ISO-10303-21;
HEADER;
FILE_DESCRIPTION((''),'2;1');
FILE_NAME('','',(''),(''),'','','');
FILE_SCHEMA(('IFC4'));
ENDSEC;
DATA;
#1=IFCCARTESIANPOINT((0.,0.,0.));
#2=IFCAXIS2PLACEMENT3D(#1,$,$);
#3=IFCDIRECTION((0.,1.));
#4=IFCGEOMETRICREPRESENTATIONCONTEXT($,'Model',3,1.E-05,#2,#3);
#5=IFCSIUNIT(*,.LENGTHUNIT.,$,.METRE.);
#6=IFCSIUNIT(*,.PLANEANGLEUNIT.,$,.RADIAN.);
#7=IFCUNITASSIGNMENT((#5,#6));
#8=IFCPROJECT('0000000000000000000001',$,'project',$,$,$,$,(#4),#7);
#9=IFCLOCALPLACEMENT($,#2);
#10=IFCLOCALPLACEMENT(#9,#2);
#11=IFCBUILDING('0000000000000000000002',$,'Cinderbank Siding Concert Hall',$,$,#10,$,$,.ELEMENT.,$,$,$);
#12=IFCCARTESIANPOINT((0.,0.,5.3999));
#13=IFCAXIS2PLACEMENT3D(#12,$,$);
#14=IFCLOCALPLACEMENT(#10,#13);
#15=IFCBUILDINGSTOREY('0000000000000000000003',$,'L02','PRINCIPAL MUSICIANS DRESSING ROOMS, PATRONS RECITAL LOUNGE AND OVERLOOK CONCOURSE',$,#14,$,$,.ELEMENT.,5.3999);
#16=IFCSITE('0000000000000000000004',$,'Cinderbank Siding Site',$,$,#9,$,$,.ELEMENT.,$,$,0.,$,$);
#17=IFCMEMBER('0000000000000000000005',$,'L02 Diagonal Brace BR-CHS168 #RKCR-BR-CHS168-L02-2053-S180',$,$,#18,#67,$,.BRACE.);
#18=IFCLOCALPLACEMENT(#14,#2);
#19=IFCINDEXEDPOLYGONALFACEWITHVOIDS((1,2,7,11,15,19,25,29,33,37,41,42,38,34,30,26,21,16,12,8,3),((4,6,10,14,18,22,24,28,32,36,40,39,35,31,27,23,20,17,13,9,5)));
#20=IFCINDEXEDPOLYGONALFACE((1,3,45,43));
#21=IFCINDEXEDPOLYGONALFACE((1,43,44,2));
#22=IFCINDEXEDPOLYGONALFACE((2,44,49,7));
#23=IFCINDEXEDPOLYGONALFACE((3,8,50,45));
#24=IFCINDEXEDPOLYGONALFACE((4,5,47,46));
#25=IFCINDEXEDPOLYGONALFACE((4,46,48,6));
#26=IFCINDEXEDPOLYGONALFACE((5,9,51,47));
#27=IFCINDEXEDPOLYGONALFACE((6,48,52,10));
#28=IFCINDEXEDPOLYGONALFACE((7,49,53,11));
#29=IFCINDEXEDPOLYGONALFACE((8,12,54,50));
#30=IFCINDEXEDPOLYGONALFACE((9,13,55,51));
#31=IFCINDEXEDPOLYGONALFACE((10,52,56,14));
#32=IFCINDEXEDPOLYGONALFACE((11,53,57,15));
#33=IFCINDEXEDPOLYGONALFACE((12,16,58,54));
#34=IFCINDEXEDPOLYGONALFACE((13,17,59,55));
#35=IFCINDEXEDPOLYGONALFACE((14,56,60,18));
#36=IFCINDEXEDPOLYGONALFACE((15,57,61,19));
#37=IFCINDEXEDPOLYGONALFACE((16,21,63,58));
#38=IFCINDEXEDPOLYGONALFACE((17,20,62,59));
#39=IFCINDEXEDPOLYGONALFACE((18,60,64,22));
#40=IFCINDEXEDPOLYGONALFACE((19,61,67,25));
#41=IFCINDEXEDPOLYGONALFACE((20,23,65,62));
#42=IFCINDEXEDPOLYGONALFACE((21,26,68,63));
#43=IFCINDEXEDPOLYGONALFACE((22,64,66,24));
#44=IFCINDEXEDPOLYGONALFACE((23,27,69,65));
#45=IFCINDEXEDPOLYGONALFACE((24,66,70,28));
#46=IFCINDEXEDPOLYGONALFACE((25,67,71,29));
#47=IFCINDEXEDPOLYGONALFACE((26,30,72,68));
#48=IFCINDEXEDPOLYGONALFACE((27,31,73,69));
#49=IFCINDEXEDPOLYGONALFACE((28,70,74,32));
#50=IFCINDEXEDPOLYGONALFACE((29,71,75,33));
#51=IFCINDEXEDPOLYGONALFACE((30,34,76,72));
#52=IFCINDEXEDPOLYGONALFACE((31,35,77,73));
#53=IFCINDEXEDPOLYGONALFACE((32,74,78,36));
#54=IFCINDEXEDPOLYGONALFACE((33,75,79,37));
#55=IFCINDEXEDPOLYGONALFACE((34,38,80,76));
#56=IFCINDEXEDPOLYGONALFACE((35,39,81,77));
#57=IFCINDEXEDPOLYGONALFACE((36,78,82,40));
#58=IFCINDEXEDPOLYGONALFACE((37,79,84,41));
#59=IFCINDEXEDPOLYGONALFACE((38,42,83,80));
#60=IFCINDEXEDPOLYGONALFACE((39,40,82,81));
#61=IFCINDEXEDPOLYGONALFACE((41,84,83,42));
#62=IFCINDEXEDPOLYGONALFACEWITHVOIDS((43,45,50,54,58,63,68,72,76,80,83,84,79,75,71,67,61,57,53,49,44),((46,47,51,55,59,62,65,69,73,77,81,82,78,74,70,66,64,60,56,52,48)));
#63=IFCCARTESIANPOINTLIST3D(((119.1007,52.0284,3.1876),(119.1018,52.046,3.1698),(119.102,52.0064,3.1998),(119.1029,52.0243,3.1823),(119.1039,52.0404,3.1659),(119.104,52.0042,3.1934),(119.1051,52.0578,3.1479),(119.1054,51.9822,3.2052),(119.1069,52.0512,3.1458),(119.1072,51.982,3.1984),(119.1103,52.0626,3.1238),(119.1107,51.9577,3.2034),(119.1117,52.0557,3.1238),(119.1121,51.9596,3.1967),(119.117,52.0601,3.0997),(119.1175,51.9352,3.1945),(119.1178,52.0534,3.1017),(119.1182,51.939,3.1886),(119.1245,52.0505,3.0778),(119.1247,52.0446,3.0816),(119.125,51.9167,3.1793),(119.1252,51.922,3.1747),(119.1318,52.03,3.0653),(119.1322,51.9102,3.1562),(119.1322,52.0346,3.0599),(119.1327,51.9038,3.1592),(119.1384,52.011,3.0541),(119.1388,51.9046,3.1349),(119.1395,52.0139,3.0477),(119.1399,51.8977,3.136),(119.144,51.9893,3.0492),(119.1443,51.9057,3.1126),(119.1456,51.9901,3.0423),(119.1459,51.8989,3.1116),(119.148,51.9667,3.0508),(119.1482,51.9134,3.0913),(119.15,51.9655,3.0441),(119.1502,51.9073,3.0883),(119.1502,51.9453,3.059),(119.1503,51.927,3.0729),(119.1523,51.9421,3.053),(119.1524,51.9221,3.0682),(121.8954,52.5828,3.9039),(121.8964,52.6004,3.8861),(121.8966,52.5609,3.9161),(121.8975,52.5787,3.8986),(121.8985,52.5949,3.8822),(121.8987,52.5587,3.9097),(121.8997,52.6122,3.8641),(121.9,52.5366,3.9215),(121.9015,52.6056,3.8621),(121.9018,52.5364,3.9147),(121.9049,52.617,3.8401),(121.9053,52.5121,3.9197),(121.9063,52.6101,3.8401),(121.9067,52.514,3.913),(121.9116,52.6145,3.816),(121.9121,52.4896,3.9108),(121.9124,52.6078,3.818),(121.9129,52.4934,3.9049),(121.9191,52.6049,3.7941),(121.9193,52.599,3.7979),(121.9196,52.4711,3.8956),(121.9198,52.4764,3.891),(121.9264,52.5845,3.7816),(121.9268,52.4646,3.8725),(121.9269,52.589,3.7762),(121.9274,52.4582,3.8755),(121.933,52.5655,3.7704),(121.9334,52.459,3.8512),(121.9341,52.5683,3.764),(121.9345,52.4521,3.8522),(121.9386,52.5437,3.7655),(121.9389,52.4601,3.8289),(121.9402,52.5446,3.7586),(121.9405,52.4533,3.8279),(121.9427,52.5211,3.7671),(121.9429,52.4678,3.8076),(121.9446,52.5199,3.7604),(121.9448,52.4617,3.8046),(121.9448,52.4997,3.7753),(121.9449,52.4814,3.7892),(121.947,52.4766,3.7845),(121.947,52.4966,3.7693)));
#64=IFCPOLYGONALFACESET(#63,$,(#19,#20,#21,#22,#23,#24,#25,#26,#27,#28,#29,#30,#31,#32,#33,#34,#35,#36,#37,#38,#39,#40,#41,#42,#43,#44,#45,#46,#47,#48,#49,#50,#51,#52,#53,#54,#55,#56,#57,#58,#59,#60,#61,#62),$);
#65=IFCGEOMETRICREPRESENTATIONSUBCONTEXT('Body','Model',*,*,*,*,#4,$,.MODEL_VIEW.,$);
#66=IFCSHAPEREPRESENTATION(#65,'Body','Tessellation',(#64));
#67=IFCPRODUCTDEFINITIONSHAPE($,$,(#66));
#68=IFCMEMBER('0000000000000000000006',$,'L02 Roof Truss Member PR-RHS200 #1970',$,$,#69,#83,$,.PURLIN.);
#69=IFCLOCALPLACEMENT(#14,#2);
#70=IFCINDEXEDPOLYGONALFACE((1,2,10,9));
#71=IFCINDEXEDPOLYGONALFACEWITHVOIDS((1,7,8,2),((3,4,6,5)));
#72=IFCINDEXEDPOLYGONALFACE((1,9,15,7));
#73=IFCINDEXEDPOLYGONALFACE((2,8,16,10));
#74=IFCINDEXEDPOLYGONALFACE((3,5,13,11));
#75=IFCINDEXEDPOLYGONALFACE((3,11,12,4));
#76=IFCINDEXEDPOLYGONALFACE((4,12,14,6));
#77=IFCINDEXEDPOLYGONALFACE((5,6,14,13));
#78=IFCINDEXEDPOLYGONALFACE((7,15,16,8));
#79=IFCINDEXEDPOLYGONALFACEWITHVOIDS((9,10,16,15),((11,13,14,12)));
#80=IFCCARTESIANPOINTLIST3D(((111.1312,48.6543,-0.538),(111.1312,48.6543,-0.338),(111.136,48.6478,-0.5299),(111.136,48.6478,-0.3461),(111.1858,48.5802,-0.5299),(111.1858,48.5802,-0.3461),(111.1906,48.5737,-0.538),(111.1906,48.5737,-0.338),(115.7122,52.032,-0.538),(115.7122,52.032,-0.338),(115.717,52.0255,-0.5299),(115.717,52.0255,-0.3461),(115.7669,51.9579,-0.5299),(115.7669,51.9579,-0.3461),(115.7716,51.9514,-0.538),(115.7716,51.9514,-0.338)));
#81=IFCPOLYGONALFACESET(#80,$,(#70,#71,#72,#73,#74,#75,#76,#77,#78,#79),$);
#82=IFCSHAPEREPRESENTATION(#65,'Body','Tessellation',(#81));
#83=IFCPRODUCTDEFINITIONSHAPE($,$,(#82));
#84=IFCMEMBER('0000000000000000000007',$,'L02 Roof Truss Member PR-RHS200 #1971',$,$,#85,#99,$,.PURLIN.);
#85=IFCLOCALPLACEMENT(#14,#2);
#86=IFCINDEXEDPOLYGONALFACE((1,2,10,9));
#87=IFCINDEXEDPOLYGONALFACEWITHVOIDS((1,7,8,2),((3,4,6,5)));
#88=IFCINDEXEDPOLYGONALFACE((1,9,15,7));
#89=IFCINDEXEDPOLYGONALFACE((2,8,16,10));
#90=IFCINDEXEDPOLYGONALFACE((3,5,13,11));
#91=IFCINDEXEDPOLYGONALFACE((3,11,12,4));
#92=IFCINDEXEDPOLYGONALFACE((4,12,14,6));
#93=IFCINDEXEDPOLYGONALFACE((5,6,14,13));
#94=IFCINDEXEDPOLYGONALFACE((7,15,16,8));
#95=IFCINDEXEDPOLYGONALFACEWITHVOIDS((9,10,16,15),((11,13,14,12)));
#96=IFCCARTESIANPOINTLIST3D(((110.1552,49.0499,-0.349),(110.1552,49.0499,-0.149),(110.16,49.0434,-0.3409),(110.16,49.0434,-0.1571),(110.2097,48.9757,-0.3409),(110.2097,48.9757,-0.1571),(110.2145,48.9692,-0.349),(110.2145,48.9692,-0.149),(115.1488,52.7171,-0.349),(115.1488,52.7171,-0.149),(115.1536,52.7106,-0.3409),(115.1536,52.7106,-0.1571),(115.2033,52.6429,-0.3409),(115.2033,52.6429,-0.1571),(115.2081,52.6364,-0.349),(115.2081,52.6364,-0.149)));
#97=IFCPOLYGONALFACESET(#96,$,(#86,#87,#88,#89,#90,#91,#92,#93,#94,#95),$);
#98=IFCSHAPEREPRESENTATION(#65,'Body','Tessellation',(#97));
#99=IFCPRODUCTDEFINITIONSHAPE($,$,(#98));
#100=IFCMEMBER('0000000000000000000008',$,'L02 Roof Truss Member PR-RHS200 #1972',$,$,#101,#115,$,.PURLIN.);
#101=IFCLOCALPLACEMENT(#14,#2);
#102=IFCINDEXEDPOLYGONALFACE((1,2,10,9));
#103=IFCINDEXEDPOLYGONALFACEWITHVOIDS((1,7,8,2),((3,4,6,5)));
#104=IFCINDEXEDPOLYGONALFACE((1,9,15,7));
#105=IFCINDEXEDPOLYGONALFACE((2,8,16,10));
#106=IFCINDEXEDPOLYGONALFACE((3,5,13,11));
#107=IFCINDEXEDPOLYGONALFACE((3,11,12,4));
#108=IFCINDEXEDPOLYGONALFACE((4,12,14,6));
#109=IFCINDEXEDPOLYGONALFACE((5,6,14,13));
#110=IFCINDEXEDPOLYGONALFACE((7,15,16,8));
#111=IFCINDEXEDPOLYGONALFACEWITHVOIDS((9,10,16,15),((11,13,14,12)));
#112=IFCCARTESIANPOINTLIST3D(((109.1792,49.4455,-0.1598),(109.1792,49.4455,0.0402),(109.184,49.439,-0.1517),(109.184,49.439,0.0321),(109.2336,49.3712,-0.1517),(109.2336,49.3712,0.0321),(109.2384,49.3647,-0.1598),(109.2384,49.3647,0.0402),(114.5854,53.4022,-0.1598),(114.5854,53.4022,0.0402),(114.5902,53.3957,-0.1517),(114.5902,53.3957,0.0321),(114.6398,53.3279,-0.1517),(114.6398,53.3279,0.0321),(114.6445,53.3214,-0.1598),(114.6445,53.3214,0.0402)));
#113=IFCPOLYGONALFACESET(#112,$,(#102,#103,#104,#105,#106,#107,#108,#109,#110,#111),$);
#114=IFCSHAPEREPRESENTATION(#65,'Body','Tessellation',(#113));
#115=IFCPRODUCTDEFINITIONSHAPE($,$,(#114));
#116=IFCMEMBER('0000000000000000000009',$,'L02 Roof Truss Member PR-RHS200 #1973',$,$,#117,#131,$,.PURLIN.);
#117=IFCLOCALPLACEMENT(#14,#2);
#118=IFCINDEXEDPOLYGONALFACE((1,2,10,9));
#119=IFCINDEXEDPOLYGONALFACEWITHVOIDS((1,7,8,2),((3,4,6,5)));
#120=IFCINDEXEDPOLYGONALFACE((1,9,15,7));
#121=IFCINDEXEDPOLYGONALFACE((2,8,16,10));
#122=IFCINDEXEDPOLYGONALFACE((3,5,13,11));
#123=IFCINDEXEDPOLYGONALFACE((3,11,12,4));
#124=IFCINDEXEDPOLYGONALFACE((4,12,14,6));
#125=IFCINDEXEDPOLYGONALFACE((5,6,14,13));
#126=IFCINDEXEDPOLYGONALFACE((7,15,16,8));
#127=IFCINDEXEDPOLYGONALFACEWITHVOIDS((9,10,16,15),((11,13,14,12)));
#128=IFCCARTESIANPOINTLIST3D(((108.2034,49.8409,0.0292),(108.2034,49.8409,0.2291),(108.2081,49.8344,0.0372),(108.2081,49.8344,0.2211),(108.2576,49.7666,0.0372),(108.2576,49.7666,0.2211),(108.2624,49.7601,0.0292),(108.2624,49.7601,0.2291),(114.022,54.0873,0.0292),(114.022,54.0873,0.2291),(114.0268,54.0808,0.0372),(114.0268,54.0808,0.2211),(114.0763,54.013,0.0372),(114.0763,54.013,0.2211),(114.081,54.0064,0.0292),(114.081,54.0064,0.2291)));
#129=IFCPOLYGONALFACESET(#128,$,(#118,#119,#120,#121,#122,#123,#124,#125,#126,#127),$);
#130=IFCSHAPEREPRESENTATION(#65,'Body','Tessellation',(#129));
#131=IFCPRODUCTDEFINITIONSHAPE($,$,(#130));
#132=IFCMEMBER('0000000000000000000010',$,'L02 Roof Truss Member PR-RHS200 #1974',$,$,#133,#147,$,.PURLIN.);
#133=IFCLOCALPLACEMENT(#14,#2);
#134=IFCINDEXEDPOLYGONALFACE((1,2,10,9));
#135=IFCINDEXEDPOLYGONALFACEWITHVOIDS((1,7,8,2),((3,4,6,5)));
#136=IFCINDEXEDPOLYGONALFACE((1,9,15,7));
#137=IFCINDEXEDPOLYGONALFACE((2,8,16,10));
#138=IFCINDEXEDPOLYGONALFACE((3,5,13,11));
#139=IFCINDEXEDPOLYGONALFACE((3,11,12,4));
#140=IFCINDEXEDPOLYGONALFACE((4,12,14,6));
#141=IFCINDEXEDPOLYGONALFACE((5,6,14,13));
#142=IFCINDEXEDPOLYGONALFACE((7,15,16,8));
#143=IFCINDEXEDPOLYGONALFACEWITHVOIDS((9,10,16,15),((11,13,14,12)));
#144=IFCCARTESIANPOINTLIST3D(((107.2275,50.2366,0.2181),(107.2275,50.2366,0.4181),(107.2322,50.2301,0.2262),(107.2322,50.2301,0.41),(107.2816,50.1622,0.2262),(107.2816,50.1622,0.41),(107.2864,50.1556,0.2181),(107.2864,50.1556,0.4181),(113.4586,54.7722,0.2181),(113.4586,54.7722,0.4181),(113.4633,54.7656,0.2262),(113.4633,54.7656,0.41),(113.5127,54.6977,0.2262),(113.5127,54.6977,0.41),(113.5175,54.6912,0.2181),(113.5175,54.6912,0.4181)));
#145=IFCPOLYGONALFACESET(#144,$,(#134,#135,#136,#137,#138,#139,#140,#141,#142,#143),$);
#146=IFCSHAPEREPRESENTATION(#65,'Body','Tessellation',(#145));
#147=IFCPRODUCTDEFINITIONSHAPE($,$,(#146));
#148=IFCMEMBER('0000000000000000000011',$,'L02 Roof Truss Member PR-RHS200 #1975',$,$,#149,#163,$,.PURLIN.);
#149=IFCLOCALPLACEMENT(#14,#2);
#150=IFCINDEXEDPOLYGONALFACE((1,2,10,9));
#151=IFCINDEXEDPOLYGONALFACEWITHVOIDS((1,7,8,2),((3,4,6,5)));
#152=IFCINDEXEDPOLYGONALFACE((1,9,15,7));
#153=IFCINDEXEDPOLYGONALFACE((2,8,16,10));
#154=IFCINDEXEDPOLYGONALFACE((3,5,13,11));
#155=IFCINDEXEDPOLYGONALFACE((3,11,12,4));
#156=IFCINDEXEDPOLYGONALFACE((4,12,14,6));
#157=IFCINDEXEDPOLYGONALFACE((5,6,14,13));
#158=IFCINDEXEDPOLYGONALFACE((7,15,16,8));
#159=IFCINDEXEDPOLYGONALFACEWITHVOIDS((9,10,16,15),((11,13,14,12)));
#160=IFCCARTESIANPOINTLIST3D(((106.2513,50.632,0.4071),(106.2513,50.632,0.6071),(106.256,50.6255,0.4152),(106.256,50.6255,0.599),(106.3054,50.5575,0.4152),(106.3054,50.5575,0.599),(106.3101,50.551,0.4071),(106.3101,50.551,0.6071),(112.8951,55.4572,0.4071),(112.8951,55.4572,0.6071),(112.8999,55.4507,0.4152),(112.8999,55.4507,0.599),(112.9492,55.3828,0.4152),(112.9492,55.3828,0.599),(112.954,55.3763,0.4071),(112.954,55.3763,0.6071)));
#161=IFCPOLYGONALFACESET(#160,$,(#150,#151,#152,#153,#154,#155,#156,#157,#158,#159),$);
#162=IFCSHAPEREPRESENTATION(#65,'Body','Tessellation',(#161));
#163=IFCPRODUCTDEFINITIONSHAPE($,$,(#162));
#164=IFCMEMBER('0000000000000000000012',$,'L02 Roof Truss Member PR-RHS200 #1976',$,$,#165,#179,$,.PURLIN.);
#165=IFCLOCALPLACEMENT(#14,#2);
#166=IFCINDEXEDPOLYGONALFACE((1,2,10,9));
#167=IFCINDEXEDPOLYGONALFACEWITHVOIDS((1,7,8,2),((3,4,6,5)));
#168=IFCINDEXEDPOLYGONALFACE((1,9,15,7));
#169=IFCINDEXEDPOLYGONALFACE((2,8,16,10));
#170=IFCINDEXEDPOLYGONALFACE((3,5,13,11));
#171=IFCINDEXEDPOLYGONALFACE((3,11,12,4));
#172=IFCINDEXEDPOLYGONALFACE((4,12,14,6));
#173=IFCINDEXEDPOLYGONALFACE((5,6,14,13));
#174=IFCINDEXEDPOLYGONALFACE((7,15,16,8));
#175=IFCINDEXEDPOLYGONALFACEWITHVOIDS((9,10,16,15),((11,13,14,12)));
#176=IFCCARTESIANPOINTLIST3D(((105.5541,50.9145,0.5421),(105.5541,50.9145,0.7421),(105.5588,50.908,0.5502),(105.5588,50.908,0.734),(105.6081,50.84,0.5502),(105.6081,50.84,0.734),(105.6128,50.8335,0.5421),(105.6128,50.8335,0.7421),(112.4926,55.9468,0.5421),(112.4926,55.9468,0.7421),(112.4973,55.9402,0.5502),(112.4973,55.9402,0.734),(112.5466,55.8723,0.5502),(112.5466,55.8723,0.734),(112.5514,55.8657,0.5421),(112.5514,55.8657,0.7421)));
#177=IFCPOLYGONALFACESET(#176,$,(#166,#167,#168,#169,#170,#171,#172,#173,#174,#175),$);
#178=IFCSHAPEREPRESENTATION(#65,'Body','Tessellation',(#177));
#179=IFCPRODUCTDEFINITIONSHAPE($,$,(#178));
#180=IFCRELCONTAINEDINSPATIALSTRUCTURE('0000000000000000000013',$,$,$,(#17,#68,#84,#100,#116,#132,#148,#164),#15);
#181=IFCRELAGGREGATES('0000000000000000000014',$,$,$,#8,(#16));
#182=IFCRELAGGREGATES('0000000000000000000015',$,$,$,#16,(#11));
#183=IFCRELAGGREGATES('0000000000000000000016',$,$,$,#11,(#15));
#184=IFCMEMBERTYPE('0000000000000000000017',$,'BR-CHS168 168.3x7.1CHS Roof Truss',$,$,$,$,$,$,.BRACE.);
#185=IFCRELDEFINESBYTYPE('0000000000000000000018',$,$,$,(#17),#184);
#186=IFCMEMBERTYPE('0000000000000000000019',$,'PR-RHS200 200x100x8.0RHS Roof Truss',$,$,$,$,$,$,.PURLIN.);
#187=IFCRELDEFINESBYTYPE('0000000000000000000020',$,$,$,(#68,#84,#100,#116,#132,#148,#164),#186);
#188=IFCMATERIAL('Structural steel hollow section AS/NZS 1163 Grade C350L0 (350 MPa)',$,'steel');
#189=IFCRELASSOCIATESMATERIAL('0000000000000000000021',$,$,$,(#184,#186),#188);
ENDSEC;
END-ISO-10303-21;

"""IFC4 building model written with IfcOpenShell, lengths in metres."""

from ifc_helpers import new_model, si_unit, direction, frame, origin, origin_2d, place, context, subcontext, project, spatial, hollow_rectangle, hollow_circle, extrude, material, material_profile, profile_set, type_object, element, save


model = new_model("IFC4")

# Units and contexts
model_context = context("Model", 3, precision=1e-05, world=origin(), true_north=direction((0.0, 1.0)))
body_context = subcontext(model_context, "Body", "Model", "MODEL_VIEW")
ifc_project = project(units=[si_unit("LENGTHUNIT", "METRE"), si_unit("PLANEANGLEUNIT", "RADIAN")], contexts=[model_context])

# Site, building, storey
site_placement = place(None, origin())
site = spatial("IfcSite", under=ifc_project, at=site_placement, Name="Cinderbank Siding Site", CompositionType="ELEMENT", RefElevation=0.0)
building_placement = place(site_placement, origin())
building = spatial("IfcBuilding", under=site, at=building_placement, Name="Cinderbank Siding Concert Hall", CompositionType="ELEMENT")
storey_placement = place(building_placement, frame((0.0, 0.0, 5.3999)))
storey = spatial("IfcBuildingStorey", under=building, at=storey_placement, Name="L02", Description="PRINCIPAL MUSICIANS DRESSING ROOMS, PATRONS RECITAL LOUNGE AND OVERLOOK CONCOURSE", CompositionType="ELEMENT", Elevation=5.3999)

# Shared definitions
ifc_material_1 = material(Name="Structural steel hollow section AS/NZS 1163 Grade C350L0 (350 MPa)", Category="steel")

# Members
ifc_material_profile_1 = material_profile(ifc_material_1, hollow_circle(Radius=0.0842, WallThickness=0.0071, at=origin_2d()), Name="168.3x7.1CHS", Category="LoadBearing")
ifc_profile_set_1 = profile_set([ifc_material_profile_1], Name="Structural steel hollow section AS/NZS 1163 Grade C350L0 (350 MPa)")
member_type_1 = type_object("IfcMemberType", Name="BR-CHS168 168.3x7.1CHS Roof Truss", PredefinedType="BRACE", material=ifc_profile_set_1)
member_1_placement = place(storey_placement, frame((119.1267, 51.98, 3.1238), z_axis=(0.951279, 0.188727, 0.243824), x_axis=(-0.1946, 0.980883, 0.0)))
element("IfcMember", 1, at=member_1_placement, inside=storey, type_object=member_type_1, Name="L02 Diagonal Brace BR-CHS168 #RKCR-BR-CHS168-L02-2053-S180", PredefinedType="BRACE", context=body_context, shape_type="SweptSolid", body=[
    extrude(hollow_circle(Radius=0.0842, WallThickness=0.0071, at=origin_2d()), origin(), (0.0, 0.0, 1.0), 2.9377),
])
ifc_material_profile_2 = material_profile(ifc_material_1, hollow_rectangle(XDim=0.1001, YDim=0.2, WallThickness=0.0081, at=origin_2d()), Name="200x100x8.0RHS", Category="LoadBearing")
ifc_profile_set_2 = profile_set([ifc_material_profile_2], Name="Structural steel hollow section AS/NZS 1163 Grade C350L0 (350 MPa)")
member_type_2 = type_object("IfcMemberType", Name="PR-RHS200 200x100x8.0RHS Roof Truss", PredefinedType="PURLIN", material=ifc_profile_set_2)
member_2_placement = place(storey_placement, frame((115.7419, 51.9917, -0.438), z_axis=(-0.804874, -0.593446, 0.0), x_axis=(0.593446, -0.804874, 0.0)))
element("IfcMember", 2, at=member_2_placement, inside=storey, type_object=member_type_2, Name="L02 Roof Truss Member PR-RHS200 #1970", PredefinedType="PURLIN", context=body_context, shape_type="SweptSolid", body=[
    extrude(hollow_rectangle(XDim=0.1001, YDim=0.2, WallThickness=0.0081, at=origin_2d()), origin(), (0.0, 0.0, 1.0), 5.6917),
])
member_3_placement = place(storey_placement, frame((115.1785, 52.6768, -0.249), z_axis=(-0.806003, -0.591912, 0.0), x_axis=(0.591912, -0.806003, 0.0)))
element("IfcMember", 3, at=member_3_placement, inside=storey, type_object=member_type_2, Name="L02 Roof Truss Member PR-RHS200 #1971", PredefinedType="PURLIN", context=body_context, shape_type="SweptSolid", body=[
    extrude(hollow_rectangle(XDim=0.1001, YDim=0.2, WallThickness=0.0081, at=origin_2d()), origin(), (0.0, 0.0, 1.0), 6.1956),
])
member_4_placement = place(storey_placement, frame((114.615, 53.3618, -0.0598), z_axis=(-0.80696, -0.590607, 0.0), x_axis=(0.590607, -0.80696, 0.0)))
element("IfcMember", 4, at=member_4_placement, inside=storey, type_object=member_type_2, Name="L02 Roof Truss Member PR-RHS200 #1972", PredefinedType="PURLIN", context=body_context, shape_type="SweptSolid", body=[
    extrude(hollow_rectangle(XDim=0.1001, YDim=0.2, WallThickness=0.0081, at=origin_2d()), origin(), (0.0, 0.0, 1.0), 6.6995),
])
member_5_placement = place(storey_placement, frame((114.0515, 54.0469, 0.1292), z_axis=(-0.807769, -0.589499, 0.0), x_axis=(0.589499, -0.807769, 0.0)))
element("IfcMember", 5, at=member_5_placement, inside=storey, type_object=member_type_2, Name="L02 Roof Truss Member PR-RHS200 #1973", PredefinedType="PURLIN", context=body_context, shape_type="SweptSolid", body=[
    extrude(hollow_rectangle(XDim=0.1001, YDim=0.2, WallThickness=0.0081, at=origin_2d()), origin(), (0.0, 0.0, 1.0), 7.2034),
])
member_6_placement = place(storey_placement, frame((113.488, 54.7317, 0.3181), z_axis=(-0.808498, -0.588499, 0.0), x_axis=(0.588499, -0.808498, 0.0)))
element("IfcMember", 6, at=member_6_placement, inside=storey, type_object=member_type_2, Name="L02 Roof Truss Member PR-RHS200 #1974", PredefinedType="PURLIN", context=body_context, shape_type="SweptSolid", body=[
    extrude(hollow_rectangle(XDim=0.1001, YDim=0.2, WallThickness=0.0081, at=origin_2d()), origin(), (0.0, 0.0, 1.0), 7.707),
])
member_7_placement = place(storey_placement, frame((112.9246, 55.4167, 0.5071), z_axis=(-0.809122, -0.587641, 0.0), x_axis=(0.587641, -0.809122, 0.0)))
element("IfcMember", 7, at=member_7_placement, inside=storey, type_object=member_type_2, Name="L02 Roof Truss Member PR-RHS200 #1975", PredefinedType="PURLIN", context=body_context, shape_type="SweptSolid", body=[
    extrude(hollow_rectangle(XDim=0.1001, YDim=0.2, WallThickness=0.0081, at=origin_2d()), origin(), (0.0, 0.0, 1.0), 8.2112),
])
member_8_placement = place(storey_placement, frame((112.522, 55.9062, 0.6421), z_axis=(-0.809509, -0.587108, 0.0), x_axis=(0.587108, -0.809509, 0.0)))
element("IfcMember", 8, at=member_8_placement, inside=storey, type_object=member_type_2, Name="L02 Roof Truss Member PR-RHS200 #1976", PredefinedType="PURLIN", context=body_context, shape_type="SweptSolid", body=[
    extrude(hollow_rectangle(XDim=0.1001, YDim=0.2, WallThickness=0.0081, at=origin_2d()), origin(), (0.0, 0.0, 1.0), 8.5713),
])

save(model, "model.ifc")
